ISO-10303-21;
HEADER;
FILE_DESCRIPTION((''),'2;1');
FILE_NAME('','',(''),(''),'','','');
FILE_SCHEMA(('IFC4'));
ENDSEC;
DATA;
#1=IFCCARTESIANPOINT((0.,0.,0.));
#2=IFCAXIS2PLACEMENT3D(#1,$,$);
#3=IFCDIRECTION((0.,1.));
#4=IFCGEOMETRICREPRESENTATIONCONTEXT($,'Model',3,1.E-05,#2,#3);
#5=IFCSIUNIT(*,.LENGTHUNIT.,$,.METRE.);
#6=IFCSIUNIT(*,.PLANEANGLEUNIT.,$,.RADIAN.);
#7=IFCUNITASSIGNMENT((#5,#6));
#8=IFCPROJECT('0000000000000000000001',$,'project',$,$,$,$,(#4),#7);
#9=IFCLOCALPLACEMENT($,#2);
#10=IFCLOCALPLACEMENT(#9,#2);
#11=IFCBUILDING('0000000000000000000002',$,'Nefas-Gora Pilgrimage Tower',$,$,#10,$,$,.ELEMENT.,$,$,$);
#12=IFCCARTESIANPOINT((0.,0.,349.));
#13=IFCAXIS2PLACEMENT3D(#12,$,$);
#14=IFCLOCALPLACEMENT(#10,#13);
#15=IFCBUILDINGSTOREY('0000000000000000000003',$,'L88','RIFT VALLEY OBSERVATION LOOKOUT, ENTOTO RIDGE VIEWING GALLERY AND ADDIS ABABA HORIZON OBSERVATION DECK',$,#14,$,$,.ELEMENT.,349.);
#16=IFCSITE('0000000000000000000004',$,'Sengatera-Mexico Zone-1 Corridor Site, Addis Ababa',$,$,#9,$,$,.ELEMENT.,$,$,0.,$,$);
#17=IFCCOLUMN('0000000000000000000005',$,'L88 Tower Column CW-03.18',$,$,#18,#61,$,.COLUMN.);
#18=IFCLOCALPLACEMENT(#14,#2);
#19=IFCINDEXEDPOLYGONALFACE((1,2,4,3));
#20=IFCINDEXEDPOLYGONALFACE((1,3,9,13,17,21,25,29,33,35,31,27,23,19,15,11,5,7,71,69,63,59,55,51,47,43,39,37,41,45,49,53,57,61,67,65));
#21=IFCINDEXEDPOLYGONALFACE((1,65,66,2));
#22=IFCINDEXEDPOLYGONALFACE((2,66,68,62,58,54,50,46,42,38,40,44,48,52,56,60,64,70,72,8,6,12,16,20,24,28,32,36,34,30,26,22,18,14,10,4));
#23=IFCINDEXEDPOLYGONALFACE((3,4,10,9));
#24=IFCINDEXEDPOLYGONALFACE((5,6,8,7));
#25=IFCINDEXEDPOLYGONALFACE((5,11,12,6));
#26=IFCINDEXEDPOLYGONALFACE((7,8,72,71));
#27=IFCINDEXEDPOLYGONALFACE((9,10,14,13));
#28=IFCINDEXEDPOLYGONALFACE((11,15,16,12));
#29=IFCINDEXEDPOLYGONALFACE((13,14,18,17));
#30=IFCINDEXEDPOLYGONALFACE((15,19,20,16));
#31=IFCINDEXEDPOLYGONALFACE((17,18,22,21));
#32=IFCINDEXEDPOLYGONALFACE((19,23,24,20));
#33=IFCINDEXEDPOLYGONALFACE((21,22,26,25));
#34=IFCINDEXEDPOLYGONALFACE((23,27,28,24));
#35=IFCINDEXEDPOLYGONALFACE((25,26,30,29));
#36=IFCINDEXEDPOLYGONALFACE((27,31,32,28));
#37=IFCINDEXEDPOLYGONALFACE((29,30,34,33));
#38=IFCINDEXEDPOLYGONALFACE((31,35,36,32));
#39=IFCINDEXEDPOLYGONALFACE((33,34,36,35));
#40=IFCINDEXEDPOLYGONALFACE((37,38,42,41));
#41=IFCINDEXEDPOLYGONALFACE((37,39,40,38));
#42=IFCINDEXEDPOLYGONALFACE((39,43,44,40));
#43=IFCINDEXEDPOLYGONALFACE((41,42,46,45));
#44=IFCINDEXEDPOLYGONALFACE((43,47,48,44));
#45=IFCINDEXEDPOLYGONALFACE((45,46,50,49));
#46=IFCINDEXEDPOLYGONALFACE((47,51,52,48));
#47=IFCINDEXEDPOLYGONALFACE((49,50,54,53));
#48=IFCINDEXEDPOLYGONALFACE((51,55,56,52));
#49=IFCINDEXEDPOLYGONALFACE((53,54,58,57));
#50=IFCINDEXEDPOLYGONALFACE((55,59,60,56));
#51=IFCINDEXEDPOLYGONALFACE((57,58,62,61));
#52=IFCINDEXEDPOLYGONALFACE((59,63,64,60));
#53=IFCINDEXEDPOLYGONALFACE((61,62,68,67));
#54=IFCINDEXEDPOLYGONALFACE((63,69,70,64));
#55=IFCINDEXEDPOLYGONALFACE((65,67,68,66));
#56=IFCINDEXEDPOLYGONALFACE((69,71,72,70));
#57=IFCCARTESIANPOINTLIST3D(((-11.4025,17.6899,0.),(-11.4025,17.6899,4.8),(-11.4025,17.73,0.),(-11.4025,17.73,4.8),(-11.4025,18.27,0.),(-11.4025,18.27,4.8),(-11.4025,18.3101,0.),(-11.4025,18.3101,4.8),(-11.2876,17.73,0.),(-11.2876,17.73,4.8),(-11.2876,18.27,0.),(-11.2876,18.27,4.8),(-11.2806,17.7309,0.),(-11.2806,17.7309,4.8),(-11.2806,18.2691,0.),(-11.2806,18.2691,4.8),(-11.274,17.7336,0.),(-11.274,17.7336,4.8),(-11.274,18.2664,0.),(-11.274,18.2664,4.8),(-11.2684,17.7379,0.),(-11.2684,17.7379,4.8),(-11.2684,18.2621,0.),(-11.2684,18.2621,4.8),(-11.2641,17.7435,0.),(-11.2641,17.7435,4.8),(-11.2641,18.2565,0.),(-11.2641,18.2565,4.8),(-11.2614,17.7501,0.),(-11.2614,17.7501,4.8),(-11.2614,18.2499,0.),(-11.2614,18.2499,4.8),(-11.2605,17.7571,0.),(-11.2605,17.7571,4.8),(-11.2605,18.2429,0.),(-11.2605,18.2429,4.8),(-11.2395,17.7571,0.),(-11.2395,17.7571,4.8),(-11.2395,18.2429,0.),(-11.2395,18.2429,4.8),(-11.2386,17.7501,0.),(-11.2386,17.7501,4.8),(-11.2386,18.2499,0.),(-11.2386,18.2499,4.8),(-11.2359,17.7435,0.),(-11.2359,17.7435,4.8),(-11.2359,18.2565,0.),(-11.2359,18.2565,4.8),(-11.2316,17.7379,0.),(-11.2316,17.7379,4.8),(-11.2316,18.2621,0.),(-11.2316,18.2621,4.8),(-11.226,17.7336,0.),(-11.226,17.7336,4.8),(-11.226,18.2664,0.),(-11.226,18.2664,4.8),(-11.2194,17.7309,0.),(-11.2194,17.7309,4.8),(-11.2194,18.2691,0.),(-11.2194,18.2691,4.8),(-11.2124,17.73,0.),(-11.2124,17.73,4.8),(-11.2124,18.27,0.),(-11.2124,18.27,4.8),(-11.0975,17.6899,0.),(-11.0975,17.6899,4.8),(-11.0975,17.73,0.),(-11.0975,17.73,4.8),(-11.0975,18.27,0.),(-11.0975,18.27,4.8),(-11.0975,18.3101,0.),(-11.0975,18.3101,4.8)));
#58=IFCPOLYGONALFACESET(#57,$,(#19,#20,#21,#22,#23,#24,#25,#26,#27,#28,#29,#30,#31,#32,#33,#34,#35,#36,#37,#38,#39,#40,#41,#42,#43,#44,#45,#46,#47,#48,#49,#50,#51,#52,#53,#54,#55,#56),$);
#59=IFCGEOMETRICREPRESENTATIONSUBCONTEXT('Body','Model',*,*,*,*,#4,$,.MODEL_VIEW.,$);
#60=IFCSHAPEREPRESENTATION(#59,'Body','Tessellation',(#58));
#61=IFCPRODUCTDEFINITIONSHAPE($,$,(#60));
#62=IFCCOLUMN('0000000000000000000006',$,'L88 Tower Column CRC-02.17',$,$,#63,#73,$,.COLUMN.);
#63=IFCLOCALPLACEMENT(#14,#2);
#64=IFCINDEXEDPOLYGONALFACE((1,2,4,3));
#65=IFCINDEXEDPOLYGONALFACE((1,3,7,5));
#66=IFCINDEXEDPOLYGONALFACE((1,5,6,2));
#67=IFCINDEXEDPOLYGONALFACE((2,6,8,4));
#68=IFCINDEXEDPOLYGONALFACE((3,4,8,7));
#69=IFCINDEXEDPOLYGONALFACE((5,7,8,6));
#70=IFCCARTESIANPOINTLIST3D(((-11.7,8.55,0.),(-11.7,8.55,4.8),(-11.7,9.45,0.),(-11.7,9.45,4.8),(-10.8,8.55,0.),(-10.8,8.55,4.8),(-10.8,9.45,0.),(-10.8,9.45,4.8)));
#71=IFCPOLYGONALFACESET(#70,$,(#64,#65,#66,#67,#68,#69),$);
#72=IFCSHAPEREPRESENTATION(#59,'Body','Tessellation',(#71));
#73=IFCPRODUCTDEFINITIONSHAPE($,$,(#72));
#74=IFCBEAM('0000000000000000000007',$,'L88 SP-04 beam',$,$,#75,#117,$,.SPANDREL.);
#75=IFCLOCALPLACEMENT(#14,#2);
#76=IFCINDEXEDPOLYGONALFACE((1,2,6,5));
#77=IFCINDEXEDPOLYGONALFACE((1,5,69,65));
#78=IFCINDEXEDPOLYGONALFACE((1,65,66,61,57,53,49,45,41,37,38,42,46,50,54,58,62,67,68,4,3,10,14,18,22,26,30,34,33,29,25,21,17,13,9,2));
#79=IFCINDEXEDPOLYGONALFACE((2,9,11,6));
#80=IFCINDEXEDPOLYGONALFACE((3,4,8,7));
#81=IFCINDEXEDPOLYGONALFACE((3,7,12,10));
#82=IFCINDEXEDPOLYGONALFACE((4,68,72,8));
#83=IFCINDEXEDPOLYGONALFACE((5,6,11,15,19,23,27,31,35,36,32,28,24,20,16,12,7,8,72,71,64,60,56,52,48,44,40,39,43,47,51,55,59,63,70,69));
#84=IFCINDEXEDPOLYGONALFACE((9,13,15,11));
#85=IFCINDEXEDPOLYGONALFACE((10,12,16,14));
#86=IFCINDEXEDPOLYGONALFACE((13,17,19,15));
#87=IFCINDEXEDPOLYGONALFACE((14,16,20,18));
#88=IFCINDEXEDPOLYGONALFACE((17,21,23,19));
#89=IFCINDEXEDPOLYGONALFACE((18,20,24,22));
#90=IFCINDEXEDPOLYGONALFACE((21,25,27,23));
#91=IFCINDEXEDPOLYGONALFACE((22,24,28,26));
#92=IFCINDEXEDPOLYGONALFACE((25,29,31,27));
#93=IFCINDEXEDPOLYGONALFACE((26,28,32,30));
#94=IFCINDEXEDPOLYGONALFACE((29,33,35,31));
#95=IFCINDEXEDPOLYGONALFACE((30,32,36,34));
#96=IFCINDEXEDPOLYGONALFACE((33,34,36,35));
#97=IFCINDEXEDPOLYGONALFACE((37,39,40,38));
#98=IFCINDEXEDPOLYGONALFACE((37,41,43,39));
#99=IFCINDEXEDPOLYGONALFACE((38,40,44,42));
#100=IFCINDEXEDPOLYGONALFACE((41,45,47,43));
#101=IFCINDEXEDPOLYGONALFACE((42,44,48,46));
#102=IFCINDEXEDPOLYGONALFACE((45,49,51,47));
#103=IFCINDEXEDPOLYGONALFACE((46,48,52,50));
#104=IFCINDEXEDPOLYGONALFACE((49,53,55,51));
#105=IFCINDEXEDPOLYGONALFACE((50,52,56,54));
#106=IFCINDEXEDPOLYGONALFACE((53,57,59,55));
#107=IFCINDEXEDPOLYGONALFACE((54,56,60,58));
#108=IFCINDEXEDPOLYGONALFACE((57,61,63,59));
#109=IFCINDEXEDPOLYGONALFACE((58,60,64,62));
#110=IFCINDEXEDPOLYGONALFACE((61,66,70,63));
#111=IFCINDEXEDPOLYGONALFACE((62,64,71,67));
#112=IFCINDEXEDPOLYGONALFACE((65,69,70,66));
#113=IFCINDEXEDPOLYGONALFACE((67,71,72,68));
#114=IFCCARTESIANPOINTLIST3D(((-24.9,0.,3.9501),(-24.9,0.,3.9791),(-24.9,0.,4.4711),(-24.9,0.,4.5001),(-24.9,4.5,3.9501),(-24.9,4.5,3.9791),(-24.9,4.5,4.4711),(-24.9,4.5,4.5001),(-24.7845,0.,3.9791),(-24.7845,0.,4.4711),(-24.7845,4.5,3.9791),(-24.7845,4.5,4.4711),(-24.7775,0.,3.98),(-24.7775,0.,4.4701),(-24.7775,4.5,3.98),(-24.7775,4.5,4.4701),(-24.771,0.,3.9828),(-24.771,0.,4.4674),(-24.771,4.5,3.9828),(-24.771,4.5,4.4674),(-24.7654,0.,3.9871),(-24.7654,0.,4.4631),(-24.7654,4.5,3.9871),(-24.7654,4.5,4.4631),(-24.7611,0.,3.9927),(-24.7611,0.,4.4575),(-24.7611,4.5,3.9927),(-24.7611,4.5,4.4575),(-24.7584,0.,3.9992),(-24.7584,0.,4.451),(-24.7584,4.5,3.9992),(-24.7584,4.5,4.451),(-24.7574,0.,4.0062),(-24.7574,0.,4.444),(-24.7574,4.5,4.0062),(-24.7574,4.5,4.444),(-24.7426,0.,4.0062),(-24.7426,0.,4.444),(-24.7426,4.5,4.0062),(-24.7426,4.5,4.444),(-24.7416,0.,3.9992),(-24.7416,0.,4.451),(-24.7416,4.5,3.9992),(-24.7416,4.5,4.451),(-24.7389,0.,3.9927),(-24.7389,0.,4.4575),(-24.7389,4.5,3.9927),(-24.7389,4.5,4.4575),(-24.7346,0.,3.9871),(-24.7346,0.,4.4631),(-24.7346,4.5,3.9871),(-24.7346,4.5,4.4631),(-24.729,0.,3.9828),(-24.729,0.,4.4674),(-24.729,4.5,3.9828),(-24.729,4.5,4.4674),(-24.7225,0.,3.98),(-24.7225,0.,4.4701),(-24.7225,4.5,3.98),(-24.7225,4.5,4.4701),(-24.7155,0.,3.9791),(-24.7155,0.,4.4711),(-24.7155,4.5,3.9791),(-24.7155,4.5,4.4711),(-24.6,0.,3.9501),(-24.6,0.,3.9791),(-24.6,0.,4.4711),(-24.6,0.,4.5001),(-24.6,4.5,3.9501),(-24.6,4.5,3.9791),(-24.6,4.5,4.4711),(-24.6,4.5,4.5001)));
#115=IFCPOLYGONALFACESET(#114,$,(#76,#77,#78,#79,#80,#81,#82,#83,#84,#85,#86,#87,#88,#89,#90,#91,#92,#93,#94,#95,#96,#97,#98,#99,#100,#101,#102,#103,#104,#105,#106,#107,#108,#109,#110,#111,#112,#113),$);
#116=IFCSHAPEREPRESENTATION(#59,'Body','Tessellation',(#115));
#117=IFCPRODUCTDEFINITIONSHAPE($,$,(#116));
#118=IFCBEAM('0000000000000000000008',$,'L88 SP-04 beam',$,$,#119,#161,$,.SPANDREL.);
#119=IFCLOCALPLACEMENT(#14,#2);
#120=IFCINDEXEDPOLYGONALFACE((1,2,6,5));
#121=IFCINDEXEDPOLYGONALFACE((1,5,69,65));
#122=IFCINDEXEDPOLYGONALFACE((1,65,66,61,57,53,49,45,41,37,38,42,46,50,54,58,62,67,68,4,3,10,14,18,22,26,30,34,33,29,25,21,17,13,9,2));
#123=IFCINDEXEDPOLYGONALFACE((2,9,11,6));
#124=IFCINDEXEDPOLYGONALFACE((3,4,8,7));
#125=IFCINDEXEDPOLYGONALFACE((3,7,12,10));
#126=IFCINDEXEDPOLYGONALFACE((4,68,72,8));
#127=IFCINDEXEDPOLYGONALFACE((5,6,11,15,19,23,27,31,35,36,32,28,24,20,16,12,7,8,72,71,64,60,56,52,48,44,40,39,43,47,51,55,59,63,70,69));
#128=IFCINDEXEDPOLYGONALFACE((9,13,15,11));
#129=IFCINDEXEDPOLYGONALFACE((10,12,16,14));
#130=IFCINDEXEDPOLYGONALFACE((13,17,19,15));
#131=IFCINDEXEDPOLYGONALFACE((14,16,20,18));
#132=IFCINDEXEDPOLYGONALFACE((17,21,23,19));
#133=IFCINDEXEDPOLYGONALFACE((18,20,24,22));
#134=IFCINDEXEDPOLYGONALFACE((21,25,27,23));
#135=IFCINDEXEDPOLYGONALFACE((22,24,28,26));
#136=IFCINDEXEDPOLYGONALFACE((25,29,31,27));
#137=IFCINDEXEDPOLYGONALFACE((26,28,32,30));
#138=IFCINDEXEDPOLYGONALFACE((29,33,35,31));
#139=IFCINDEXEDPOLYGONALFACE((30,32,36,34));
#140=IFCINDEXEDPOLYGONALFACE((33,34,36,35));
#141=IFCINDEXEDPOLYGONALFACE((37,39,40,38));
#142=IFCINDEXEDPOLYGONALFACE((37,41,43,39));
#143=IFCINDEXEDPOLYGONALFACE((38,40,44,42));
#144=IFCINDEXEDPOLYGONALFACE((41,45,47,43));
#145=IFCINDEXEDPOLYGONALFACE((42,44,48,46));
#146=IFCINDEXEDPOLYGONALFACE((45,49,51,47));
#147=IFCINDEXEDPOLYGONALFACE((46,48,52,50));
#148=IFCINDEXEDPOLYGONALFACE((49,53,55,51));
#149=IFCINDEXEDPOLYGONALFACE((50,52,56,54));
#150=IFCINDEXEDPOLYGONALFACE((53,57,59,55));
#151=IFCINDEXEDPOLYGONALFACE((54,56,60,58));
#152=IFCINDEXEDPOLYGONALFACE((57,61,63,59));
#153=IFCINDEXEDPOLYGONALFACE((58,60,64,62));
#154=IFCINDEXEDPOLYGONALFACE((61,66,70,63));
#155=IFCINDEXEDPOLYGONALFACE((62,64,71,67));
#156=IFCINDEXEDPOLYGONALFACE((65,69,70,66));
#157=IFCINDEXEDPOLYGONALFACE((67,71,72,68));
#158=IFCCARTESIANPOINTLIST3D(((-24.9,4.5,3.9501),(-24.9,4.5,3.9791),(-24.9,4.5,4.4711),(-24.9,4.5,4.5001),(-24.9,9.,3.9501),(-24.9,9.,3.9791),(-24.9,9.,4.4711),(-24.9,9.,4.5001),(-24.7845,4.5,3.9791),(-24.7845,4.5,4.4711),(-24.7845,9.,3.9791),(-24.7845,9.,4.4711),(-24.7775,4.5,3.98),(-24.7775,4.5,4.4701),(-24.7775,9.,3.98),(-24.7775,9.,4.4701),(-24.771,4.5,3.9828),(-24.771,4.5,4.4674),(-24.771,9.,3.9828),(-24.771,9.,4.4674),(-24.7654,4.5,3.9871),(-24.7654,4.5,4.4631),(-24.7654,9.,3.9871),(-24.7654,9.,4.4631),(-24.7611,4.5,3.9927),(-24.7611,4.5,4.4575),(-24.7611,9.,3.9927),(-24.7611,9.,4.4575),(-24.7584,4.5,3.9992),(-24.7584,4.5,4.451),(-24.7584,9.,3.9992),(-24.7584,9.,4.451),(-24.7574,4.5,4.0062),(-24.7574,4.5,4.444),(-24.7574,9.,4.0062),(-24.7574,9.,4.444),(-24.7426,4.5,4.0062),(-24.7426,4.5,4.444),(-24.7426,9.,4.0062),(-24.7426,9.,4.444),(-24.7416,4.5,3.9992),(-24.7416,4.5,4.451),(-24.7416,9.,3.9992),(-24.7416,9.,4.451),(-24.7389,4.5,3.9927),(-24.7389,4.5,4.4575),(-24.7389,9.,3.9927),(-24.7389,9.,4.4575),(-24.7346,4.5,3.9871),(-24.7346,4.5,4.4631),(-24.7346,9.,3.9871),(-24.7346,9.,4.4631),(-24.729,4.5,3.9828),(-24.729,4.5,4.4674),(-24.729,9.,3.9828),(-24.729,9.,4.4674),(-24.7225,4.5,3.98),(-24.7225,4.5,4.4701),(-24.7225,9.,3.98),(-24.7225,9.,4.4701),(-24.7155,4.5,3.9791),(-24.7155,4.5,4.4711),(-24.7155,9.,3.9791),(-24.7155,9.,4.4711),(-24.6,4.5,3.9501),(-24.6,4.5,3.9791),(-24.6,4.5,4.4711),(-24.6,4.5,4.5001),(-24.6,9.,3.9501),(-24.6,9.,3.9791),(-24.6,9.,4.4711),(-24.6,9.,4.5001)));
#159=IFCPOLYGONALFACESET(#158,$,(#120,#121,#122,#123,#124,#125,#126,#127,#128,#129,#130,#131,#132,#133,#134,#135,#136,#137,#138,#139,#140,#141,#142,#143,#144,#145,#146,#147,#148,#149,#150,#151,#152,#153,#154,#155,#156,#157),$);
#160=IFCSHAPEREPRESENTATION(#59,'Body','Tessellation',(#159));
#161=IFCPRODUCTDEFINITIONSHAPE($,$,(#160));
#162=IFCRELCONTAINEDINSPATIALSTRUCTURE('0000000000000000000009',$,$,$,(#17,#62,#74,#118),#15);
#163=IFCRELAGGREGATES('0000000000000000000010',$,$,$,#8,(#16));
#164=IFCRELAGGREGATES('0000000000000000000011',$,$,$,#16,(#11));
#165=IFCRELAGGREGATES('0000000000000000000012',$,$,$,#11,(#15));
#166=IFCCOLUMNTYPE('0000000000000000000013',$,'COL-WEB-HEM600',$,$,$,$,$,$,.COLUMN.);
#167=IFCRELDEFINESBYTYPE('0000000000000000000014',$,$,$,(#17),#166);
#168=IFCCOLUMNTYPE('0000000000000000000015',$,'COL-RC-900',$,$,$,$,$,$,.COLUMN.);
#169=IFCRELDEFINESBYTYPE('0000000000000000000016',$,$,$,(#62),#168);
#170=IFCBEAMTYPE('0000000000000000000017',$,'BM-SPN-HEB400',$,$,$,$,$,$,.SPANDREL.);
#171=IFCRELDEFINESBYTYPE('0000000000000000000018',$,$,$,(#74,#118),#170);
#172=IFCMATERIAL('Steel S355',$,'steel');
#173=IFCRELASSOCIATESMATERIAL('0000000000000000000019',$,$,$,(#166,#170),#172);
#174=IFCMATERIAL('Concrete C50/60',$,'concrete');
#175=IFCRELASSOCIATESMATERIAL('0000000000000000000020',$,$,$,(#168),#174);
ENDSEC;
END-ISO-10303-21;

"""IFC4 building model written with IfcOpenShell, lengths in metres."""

from ifc_helpers import new_model, si_unit, direction, frame, origin, origin_2d, place, context, subcontext, project, spatial, rectangle, i_section, extrude, source, transform, mapped, material, material_profile, profile_set, type_object, element, save


model = new_model("IFC4")

# Units and contexts
model_context = context("Model", 3, precision=1e-05, world=origin(), true_north=direction((0.0, 1.0)))
body_context = subcontext(model_context, "Body", "Model", "MODEL_VIEW")
ifc_project = project(units=[si_unit("LENGTHUNIT", "METRE"), si_unit("PLANEANGLEUNIT", "RADIAN")], contexts=[model_context])

# Site, building, storey
site_placement = place(None, origin())
site = spatial("IfcSite", under=ifc_project, at=site_placement, Name="Sengatera-Mexico Zone-1 Corridor Site, Addis Ababa", CompositionType="ELEMENT", RefElevation=0.0)
building_placement = place(site_placement, origin())
building = spatial("IfcBuilding", under=site, at=building_placement, Name="Nefas-Gora Pilgrimage Tower", CompositionType="ELEMENT")
storey_placement = place(building_placement, frame((0.0, 0.0, 349.0)))
storey = spatial("IfcBuildingStorey", under=building, at=storey_placement, Name="L88", Description="RIFT VALLEY OBSERVATION LOOKOUT, ENTOTO RIDGE VIEWING GALLERY AND ADDIS ABABA HORIZON OBSERVATION DECK", CompositionType="ELEMENT", Elevation=349.0)

# Columns
ifc_material_1 = material(Name="Steel S355", Category="steel")
ifc_material_profile_1 = material_profile(ifc_material_1, i_section(OverallWidth=0.3049, OverallDepth=0.6201, WebThickness=0.021, FlangeThickness=0.04, FilletRadius=0.0271, at=origin_2d()), Name="HEM 600")
ifc_profile_set_1 = profile_set([ifc_material_profile_1], Name="Steel S355")
column_type_1 = type_object("IfcColumnType", Name="COL-WEB-HEM600", PredefinedType="COLUMN", material=ifc_profile_set_1)
shared_shape_1 = source(origin(), body_context, "Body", "SweptSolid", [
    extrude(i_section(OverallWidth=0.3049, OverallDepth=0.6201, WebThickness=0.021, FlangeThickness=0.04, FilletRadius=0.0271, at=origin_2d()), origin(), (0.0, 0.0, 1.0), 4.8),
])
for number, where, z_axis, x_axis, name in (
    (1, (-11.25, 18.0, 0.0), (0.0, 0.0, 1.0), (1.0, 0.0, 0.0), "L88 Tower Column CW-03.18"),
):
    element("IfcColumn", number, at=place(storey_placement, frame(where, z_axis=z_axis, x_axis=x_axis)), inside=storey, type_object=column_type_1, Name=name, PredefinedType="COLUMN", context=body_context, shape_type="MappedRepresentation", body=[
        mapped(shared_shape_1, transform((0.0, 0.0, 0.0), x_axis=(1.0, 0.0, 0.0), y_axis=(0.0, 1.0, 0.0), z_axis=(0.0, 0.0, 1.0), scale=1.0)),
    ])
ifc_material_2 = material(Name="Concrete C50/60", Category="concrete")
ifc_material_profile_2 = material_profile(ifc_material_2, rectangle(XDim=0.8999, YDim=0.8999, at=origin_2d()), Name="RC 900x900")
ifc_profile_set_2 = profile_set([ifc_material_profile_2], Name="Concrete C50/60")
column_type_2 = type_object("IfcColumnType", Name="COL-RC-900", PredefinedType="COLUMN", material=ifc_profile_set_2)
shared_shape_2 = source(origin(), body_context, "Body", "SweptSolid", [
    extrude(rectangle(XDim=0.8999, YDim=0.8999, at=origin_2d()), origin(), (0.0, 0.0, 1.0), 4.8),
])
column_placement = place(storey_placement, frame((-11.25, 9.0, 0.0), z_axis=(0.0, 0.0, 1.0), x_axis=(1.0, 0.0, 0.0)))
element("IfcColumn", 2, at=column_placement, inside=storey, type_object=column_type_2, Name="L88 Tower Column CRC-02.17", PredefinedType="COLUMN", context=body_context, shape_type="MappedRepresentation", body=[
    mapped(shared_shape_2, transform((0.0, 0.0, 0.0), x_axis=(1.0, 0.0, 0.0), y_axis=(0.0, 1.0, 0.0), z_axis=(0.0, 0.0, 1.0), scale=1.0)),
])

# Beams
ifc_material_profile_3 = material_profile(ifc_material_1, i_section(OverallWidth=0.3, OverallDepth=0.55, WebThickness=0.0149, FlangeThickness=0.0291, FilletRadius=0.0271, at=origin_2d()), Name="HEB 550")
ifc_profile_set_3 = profile_set([ifc_material_profile_3], Name="Steel S355")
beam_type_1 = type_object("IfcBeamType", Name="BM-SPN-HEB400", PredefinedType="SPANDREL", material=ifc_profile_set_3)
shared_shape_3 = source(origin(), body_context, "Body", "SweptSolid", [
    extrude(i_section(OverallWidth=0.3, OverallDepth=0.55, WebThickness=0.0149, FlangeThickness=0.0291, FilletRadius=0.0271, at=origin_2d()), origin(), (0.0, 0.0, 1.0), 4.5),
])
for number, where, z_axis, x_axis, name in (
    (3, (-24.75, 0.0, 4.2251), (0.0, 1.0, 0.0), (-1.0, 0.0, 0.0), "L88 SP-04 beam"),
    (4, (-24.75, 4.5, 4.2251), (0.0, 1.0, 0.0), (-1.0, 0.0, 0.0), "L88 SP-04 beam"),
):
    element("IfcBeam", number, at=place(storey_placement, frame(where, z_axis=z_axis, x_axis=x_axis)), inside=storey, type_object=beam_type_1, Name=name, PredefinedType="SPANDREL", context=body_context, shape_type="MappedRepresentation", body=[
        mapped(shared_shape_3, transform((0.0, 0.0, 0.0), x_axis=(1.0, 0.0, 0.0), y_axis=(0.0, 1.0, 0.0), z_axis=(0.0, 0.0, 1.0), scale=1.0)),
    ])

save(model, "model.ifc")
